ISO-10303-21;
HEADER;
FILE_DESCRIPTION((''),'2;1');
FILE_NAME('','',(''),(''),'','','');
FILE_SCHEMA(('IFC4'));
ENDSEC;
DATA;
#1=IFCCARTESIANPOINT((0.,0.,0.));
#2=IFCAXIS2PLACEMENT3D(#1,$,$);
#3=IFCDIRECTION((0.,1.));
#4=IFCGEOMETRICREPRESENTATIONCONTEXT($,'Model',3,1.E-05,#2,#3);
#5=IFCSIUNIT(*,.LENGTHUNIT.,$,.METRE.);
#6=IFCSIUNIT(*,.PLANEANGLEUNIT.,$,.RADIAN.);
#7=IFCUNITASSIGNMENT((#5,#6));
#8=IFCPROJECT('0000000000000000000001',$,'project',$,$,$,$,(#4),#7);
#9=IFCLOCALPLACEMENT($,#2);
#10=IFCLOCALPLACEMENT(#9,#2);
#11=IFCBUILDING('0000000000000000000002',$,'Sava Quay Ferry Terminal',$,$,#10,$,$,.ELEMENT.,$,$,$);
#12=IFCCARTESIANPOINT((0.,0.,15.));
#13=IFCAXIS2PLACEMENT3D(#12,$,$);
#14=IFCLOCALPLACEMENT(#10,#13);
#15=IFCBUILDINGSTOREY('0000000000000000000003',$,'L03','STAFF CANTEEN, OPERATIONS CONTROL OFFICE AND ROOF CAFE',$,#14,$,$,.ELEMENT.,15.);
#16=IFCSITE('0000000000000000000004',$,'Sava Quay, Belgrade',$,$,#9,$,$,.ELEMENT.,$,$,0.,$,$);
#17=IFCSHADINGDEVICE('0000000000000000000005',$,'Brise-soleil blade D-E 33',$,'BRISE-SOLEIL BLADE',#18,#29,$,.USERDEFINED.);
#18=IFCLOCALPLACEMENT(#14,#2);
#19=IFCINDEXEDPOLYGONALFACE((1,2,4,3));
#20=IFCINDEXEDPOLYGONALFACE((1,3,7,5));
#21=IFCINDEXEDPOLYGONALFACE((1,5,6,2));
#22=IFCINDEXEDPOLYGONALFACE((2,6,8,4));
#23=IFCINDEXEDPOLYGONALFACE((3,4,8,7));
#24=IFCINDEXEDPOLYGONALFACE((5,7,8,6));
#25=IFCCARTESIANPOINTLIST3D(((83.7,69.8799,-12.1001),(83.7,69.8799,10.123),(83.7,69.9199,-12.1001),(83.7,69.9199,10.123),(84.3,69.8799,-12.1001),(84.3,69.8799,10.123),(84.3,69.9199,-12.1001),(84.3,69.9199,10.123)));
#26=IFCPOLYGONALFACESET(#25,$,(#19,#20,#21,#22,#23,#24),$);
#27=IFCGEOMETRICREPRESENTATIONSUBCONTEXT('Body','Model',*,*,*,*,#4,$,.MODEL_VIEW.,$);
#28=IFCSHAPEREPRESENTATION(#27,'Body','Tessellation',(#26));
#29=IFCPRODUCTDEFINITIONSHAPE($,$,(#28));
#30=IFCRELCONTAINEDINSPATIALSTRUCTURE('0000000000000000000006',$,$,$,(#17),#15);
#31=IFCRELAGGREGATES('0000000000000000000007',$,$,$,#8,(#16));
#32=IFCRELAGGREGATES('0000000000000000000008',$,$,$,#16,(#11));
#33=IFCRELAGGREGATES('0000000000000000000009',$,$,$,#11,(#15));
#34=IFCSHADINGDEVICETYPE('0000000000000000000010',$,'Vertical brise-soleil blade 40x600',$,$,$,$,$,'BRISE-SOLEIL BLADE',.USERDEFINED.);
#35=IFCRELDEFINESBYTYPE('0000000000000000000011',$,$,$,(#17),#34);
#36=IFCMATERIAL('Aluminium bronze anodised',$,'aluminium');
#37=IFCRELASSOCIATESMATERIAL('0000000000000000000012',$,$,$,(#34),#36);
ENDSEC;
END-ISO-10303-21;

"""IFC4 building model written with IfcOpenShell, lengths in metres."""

from ifc_helpers import new_model, si_unit, direction, frame, origin, origin_2d, place, context, subcontext, project, spatial, rectangle, extrude, material, material_profile, profile_set, type_object, element, save


model = new_model("IFC4")

# Units and contexts
model_context = context("Model", 3, precision=1e-05, world=origin(), true_north=direction((0.0, 1.0)))
body_context = subcontext(model_context, "Body", "Model", "MODEL_VIEW")
ifc_project = project(units=[si_unit("LENGTHUNIT", "METRE"), si_unit("PLANEANGLEUNIT", "RADIAN")], contexts=[model_context])

# Site, building, storey
site_placement = place(None, origin())
site = spatial("IfcSite", under=ifc_project, at=site_placement, Name="Sava Quay, Belgrade", CompositionType="ELEMENT", RefElevation=0.0)
building_placement = place(site_placement, origin())
building = spatial("IfcBuilding", under=site, at=building_placement, Name="Sava Quay Ferry Terminal", CompositionType="ELEMENT")
storey_placement = place(building_placement, frame((0.0, 0.0, 15.0)))
storey = spatial("IfcBuildingStorey", under=building, at=storey_placement, Name="L03", Description="STAFF CANTEEN, OPERATIONS CONTROL OFFICE AND ROOF CAFE", CompositionType="ELEMENT", Elevation=15.0)

# Shading device
ifc_material_1 = material(Name="Aluminium bronze anodised", Category="aluminium")
ifc_material_profile_1 = material_profile(ifc_material_1, rectangle(XDim=0.04, YDim=0.6001, at=origin_2d()), Name="Vertical brise-soleil blade 40x600")
ifc_profile_set_1 = profile_set([ifc_material_profile_1], Name="Aluminium bronze anodised")
shading_device_type = type_object("IfcShadingDeviceType", Name="Vertical brise-soleil blade 40x600", ElementType="BRISE-SOLEIL BLADE", PredefinedType="USERDEFINED", material=ifc_profile_set_1)
shading_device_1_placement = place(storey_placement, frame((84.0, 69.8999, -12.1001), z_axis=(0.0, 0.0, 1.0), x_axis=(0.0, 1.0, 0.0)))
element("IfcShadingDevice", 1, at=shading_device_1_placement, inside=storey, type_object=shading_device_type, Name="Brise-soleil blade D-E 33", ObjectType="BRISE-SOLEIL BLADE", PredefinedType="USERDEFINED", context=body_context, shape_type="SweptSolid", body=[
    extrude(rectangle(XDim=0.04, YDim=0.6001, at=origin_2d()), origin(), (0.0, 0.0, 1.0), 22.2231),
])

save(model, "model.ifc")
